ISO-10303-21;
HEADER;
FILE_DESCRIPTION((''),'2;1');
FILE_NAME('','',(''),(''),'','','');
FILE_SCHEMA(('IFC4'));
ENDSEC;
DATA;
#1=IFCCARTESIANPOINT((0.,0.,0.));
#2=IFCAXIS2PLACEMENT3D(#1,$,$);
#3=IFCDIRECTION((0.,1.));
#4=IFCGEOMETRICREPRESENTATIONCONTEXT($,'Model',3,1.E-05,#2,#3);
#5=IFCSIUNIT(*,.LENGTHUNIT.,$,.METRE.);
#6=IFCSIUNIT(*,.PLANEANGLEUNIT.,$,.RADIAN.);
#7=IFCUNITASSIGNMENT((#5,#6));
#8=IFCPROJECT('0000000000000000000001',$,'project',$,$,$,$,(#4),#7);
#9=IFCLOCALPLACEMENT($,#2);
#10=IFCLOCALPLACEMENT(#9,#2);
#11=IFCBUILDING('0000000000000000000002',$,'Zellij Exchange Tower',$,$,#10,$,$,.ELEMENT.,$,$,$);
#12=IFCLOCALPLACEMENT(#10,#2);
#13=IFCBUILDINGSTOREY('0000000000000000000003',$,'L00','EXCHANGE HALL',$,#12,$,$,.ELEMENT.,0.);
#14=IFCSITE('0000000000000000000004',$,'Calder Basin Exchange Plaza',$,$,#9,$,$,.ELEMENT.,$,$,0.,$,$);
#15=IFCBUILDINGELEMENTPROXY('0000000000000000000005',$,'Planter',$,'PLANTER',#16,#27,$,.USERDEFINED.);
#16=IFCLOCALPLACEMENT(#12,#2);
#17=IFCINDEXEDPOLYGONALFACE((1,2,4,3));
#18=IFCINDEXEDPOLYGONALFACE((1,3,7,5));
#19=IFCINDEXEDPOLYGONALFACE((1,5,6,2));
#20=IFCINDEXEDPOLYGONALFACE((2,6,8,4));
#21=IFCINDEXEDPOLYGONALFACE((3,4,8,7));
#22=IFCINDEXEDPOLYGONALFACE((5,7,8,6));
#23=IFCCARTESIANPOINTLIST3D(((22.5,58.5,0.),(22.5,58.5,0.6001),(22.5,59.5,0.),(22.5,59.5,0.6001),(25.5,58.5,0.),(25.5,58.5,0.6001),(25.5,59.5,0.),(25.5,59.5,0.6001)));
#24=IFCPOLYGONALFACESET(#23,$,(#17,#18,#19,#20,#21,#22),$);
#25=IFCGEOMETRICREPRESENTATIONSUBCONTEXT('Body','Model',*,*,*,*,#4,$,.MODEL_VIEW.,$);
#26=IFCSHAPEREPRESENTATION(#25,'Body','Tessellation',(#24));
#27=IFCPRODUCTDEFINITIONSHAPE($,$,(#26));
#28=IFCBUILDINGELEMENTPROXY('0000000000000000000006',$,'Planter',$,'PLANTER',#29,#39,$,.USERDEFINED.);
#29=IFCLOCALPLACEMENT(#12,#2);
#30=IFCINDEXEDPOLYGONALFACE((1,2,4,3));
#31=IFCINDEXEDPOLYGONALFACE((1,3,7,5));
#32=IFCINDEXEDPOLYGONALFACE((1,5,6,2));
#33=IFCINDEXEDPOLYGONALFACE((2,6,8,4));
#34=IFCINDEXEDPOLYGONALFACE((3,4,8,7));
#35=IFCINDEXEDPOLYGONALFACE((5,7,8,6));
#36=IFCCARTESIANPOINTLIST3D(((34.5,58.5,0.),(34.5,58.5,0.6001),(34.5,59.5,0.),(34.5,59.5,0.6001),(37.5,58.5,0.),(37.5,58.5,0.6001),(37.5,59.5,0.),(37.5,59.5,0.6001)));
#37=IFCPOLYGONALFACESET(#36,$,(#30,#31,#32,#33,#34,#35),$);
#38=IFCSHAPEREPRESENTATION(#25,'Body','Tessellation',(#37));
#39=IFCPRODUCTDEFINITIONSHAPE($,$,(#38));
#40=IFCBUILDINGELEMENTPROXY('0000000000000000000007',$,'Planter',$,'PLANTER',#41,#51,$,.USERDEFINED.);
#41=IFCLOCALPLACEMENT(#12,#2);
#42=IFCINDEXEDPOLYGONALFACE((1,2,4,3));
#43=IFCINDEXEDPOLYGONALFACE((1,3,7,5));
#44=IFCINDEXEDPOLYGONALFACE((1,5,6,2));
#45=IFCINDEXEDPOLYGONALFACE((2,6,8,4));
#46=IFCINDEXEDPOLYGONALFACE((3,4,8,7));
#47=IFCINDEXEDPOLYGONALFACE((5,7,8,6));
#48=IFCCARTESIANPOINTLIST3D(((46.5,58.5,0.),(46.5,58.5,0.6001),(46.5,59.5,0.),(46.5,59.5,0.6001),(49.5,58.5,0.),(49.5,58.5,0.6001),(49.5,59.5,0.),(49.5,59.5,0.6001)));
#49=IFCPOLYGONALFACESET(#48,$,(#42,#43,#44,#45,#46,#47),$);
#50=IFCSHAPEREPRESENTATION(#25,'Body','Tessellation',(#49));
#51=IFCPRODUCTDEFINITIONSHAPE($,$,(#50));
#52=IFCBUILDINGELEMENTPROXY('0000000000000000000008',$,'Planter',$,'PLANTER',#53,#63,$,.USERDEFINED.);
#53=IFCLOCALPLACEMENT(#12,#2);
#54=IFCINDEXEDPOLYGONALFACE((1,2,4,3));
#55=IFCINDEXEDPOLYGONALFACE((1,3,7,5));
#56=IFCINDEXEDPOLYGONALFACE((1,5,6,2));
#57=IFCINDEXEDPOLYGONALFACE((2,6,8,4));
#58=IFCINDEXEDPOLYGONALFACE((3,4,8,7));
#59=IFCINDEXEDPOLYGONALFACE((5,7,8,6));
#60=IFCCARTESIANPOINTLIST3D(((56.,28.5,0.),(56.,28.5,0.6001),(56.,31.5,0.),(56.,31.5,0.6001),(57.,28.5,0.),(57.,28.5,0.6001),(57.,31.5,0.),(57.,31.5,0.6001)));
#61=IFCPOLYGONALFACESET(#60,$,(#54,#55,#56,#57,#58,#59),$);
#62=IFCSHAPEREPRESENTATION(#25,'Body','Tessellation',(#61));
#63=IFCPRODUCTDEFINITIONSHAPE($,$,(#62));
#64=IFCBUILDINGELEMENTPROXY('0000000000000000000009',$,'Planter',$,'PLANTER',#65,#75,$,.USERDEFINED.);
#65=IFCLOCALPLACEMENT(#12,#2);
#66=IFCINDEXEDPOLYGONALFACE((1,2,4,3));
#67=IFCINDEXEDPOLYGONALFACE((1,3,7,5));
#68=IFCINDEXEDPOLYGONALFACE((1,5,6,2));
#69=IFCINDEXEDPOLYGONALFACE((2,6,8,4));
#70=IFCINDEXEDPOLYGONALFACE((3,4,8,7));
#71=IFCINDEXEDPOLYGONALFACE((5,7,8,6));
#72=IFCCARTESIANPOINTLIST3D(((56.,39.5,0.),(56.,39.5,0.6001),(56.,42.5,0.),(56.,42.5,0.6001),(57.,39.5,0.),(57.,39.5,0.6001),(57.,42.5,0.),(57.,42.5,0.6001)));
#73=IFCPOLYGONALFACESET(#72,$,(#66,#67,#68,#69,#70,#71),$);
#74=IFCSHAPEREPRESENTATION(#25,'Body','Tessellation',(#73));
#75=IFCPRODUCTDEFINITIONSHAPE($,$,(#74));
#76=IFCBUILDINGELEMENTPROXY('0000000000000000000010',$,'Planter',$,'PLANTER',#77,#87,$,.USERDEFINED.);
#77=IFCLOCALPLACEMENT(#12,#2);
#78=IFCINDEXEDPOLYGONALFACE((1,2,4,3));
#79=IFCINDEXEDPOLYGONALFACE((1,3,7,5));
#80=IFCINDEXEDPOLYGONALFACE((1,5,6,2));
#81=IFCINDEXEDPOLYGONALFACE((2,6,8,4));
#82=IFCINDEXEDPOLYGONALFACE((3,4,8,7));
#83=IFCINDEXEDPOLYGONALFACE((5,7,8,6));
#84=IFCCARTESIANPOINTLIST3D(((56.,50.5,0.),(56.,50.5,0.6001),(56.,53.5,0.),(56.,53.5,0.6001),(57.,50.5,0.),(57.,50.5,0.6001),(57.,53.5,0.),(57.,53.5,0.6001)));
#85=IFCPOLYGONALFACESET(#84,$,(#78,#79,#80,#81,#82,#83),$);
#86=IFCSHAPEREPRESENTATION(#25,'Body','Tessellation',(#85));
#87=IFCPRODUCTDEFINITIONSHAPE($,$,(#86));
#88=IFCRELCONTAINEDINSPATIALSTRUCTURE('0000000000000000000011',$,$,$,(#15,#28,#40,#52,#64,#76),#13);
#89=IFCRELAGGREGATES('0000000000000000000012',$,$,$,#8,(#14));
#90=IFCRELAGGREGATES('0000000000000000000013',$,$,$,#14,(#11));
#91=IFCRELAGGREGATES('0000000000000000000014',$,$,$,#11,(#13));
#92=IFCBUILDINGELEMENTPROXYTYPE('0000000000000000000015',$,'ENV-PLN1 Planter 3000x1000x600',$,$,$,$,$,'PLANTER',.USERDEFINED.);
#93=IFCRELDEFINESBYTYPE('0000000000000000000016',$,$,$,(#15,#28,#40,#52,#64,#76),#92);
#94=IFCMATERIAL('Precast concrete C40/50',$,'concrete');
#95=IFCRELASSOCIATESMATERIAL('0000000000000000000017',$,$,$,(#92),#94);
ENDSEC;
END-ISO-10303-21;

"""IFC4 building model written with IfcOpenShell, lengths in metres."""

from ifc_helpers import new_model, si_unit, direction, frame, origin, origin_2d, place, context, subcontext, project, spatial, rectangle, extrude, material, type_object, element, save


model = new_model("IFC4")

# Units and contexts
model_context = context("Model", 3, precision=1e-05, world=origin(), true_north=direction((0.0, 1.0)))
body_context = subcontext(model_context, "Body", "Model", "MODEL_VIEW")
ifc_project = project(units=[si_unit("LENGTHUNIT", "METRE"), si_unit("PLANEANGLEUNIT", "RADIAN")], contexts=[model_context])

# Site, building, storey
site_placement = place(None, origin())
site = spatial("IfcSite", under=ifc_project, at=site_placement, Name="Calder Basin Exchange Plaza", CompositionType="ELEMENT", RefElevation=0.0)
building_placement = place(site_placement, origin())
building = spatial("IfcBuilding", under=site, at=building_placement, Name="Zellij Exchange Tower", CompositionType="ELEMENT")
storey_placement = place(building_placement, origin())
storey = spatial("IfcBuildingStorey", under=building, at=storey_placement, Name="L00", Description="EXCHANGE HALL", CompositionType="ELEMENT", Elevation=0.0)

# Shared definitions
ifc_material_1 = material(Name="Precast concrete C40/50", Category="concrete")

# Building element proxies
building_element_proxy_type = type_object("IfcBuildingElementProxyType", Name="ENV-PLN1 Planter 3000x1000x600", ElementType="PLANTER", PredefinedType="USERDEFINED", material=ifc_material_1)
for number, where, z_axis, x_axis, name in (
    (1, (24.0, 59.0, 0.0), (0.0, 0.0, 1.0), (1.0, 0.0, 0.0), "Planter"),
    (2, (36.0, 59.0, 0.0), (0.0, 0.0, 1.0), (1.0, 0.0, 0.0), "Planter"),
    (3, (48.0, 59.0, 0.0), (0.0, 0.0, 1.0), (1.0, 0.0, 0.0), "Planter"),
    (4, (56.5, 30.0, 0.0), (0.0, 0.0, 1.0), (0.0, 1.0, 0.0), "Planter"),
    (5, (56.5, 41.0, 0.0), (0.0, 0.0, 1.0), (0.0, 1.0, 0.0), "Planter"),
    (6, (56.5, 52.0, 0.0), (0.0, 0.0, 1.0), (0.0, 1.0, 0.0), "Planter"),
):
    element("IfcBuildingElementProxy", number, at=place(storey_placement, frame(where, z_axis=z_axis, x_axis=x_axis)), inside=storey, type_object=building_element_proxy_type, Name=name, ObjectType="PLANTER", PredefinedType="USERDEFINED", context=body_context, shape_type="SweptSolid", body=[
        extrude(rectangle(XDim=3.0, YDim=1.0, at=origin_2d()), origin(), (0.0, 0.0, 1.0), 0.6001),
    ])

save(model, "model.ifc")
